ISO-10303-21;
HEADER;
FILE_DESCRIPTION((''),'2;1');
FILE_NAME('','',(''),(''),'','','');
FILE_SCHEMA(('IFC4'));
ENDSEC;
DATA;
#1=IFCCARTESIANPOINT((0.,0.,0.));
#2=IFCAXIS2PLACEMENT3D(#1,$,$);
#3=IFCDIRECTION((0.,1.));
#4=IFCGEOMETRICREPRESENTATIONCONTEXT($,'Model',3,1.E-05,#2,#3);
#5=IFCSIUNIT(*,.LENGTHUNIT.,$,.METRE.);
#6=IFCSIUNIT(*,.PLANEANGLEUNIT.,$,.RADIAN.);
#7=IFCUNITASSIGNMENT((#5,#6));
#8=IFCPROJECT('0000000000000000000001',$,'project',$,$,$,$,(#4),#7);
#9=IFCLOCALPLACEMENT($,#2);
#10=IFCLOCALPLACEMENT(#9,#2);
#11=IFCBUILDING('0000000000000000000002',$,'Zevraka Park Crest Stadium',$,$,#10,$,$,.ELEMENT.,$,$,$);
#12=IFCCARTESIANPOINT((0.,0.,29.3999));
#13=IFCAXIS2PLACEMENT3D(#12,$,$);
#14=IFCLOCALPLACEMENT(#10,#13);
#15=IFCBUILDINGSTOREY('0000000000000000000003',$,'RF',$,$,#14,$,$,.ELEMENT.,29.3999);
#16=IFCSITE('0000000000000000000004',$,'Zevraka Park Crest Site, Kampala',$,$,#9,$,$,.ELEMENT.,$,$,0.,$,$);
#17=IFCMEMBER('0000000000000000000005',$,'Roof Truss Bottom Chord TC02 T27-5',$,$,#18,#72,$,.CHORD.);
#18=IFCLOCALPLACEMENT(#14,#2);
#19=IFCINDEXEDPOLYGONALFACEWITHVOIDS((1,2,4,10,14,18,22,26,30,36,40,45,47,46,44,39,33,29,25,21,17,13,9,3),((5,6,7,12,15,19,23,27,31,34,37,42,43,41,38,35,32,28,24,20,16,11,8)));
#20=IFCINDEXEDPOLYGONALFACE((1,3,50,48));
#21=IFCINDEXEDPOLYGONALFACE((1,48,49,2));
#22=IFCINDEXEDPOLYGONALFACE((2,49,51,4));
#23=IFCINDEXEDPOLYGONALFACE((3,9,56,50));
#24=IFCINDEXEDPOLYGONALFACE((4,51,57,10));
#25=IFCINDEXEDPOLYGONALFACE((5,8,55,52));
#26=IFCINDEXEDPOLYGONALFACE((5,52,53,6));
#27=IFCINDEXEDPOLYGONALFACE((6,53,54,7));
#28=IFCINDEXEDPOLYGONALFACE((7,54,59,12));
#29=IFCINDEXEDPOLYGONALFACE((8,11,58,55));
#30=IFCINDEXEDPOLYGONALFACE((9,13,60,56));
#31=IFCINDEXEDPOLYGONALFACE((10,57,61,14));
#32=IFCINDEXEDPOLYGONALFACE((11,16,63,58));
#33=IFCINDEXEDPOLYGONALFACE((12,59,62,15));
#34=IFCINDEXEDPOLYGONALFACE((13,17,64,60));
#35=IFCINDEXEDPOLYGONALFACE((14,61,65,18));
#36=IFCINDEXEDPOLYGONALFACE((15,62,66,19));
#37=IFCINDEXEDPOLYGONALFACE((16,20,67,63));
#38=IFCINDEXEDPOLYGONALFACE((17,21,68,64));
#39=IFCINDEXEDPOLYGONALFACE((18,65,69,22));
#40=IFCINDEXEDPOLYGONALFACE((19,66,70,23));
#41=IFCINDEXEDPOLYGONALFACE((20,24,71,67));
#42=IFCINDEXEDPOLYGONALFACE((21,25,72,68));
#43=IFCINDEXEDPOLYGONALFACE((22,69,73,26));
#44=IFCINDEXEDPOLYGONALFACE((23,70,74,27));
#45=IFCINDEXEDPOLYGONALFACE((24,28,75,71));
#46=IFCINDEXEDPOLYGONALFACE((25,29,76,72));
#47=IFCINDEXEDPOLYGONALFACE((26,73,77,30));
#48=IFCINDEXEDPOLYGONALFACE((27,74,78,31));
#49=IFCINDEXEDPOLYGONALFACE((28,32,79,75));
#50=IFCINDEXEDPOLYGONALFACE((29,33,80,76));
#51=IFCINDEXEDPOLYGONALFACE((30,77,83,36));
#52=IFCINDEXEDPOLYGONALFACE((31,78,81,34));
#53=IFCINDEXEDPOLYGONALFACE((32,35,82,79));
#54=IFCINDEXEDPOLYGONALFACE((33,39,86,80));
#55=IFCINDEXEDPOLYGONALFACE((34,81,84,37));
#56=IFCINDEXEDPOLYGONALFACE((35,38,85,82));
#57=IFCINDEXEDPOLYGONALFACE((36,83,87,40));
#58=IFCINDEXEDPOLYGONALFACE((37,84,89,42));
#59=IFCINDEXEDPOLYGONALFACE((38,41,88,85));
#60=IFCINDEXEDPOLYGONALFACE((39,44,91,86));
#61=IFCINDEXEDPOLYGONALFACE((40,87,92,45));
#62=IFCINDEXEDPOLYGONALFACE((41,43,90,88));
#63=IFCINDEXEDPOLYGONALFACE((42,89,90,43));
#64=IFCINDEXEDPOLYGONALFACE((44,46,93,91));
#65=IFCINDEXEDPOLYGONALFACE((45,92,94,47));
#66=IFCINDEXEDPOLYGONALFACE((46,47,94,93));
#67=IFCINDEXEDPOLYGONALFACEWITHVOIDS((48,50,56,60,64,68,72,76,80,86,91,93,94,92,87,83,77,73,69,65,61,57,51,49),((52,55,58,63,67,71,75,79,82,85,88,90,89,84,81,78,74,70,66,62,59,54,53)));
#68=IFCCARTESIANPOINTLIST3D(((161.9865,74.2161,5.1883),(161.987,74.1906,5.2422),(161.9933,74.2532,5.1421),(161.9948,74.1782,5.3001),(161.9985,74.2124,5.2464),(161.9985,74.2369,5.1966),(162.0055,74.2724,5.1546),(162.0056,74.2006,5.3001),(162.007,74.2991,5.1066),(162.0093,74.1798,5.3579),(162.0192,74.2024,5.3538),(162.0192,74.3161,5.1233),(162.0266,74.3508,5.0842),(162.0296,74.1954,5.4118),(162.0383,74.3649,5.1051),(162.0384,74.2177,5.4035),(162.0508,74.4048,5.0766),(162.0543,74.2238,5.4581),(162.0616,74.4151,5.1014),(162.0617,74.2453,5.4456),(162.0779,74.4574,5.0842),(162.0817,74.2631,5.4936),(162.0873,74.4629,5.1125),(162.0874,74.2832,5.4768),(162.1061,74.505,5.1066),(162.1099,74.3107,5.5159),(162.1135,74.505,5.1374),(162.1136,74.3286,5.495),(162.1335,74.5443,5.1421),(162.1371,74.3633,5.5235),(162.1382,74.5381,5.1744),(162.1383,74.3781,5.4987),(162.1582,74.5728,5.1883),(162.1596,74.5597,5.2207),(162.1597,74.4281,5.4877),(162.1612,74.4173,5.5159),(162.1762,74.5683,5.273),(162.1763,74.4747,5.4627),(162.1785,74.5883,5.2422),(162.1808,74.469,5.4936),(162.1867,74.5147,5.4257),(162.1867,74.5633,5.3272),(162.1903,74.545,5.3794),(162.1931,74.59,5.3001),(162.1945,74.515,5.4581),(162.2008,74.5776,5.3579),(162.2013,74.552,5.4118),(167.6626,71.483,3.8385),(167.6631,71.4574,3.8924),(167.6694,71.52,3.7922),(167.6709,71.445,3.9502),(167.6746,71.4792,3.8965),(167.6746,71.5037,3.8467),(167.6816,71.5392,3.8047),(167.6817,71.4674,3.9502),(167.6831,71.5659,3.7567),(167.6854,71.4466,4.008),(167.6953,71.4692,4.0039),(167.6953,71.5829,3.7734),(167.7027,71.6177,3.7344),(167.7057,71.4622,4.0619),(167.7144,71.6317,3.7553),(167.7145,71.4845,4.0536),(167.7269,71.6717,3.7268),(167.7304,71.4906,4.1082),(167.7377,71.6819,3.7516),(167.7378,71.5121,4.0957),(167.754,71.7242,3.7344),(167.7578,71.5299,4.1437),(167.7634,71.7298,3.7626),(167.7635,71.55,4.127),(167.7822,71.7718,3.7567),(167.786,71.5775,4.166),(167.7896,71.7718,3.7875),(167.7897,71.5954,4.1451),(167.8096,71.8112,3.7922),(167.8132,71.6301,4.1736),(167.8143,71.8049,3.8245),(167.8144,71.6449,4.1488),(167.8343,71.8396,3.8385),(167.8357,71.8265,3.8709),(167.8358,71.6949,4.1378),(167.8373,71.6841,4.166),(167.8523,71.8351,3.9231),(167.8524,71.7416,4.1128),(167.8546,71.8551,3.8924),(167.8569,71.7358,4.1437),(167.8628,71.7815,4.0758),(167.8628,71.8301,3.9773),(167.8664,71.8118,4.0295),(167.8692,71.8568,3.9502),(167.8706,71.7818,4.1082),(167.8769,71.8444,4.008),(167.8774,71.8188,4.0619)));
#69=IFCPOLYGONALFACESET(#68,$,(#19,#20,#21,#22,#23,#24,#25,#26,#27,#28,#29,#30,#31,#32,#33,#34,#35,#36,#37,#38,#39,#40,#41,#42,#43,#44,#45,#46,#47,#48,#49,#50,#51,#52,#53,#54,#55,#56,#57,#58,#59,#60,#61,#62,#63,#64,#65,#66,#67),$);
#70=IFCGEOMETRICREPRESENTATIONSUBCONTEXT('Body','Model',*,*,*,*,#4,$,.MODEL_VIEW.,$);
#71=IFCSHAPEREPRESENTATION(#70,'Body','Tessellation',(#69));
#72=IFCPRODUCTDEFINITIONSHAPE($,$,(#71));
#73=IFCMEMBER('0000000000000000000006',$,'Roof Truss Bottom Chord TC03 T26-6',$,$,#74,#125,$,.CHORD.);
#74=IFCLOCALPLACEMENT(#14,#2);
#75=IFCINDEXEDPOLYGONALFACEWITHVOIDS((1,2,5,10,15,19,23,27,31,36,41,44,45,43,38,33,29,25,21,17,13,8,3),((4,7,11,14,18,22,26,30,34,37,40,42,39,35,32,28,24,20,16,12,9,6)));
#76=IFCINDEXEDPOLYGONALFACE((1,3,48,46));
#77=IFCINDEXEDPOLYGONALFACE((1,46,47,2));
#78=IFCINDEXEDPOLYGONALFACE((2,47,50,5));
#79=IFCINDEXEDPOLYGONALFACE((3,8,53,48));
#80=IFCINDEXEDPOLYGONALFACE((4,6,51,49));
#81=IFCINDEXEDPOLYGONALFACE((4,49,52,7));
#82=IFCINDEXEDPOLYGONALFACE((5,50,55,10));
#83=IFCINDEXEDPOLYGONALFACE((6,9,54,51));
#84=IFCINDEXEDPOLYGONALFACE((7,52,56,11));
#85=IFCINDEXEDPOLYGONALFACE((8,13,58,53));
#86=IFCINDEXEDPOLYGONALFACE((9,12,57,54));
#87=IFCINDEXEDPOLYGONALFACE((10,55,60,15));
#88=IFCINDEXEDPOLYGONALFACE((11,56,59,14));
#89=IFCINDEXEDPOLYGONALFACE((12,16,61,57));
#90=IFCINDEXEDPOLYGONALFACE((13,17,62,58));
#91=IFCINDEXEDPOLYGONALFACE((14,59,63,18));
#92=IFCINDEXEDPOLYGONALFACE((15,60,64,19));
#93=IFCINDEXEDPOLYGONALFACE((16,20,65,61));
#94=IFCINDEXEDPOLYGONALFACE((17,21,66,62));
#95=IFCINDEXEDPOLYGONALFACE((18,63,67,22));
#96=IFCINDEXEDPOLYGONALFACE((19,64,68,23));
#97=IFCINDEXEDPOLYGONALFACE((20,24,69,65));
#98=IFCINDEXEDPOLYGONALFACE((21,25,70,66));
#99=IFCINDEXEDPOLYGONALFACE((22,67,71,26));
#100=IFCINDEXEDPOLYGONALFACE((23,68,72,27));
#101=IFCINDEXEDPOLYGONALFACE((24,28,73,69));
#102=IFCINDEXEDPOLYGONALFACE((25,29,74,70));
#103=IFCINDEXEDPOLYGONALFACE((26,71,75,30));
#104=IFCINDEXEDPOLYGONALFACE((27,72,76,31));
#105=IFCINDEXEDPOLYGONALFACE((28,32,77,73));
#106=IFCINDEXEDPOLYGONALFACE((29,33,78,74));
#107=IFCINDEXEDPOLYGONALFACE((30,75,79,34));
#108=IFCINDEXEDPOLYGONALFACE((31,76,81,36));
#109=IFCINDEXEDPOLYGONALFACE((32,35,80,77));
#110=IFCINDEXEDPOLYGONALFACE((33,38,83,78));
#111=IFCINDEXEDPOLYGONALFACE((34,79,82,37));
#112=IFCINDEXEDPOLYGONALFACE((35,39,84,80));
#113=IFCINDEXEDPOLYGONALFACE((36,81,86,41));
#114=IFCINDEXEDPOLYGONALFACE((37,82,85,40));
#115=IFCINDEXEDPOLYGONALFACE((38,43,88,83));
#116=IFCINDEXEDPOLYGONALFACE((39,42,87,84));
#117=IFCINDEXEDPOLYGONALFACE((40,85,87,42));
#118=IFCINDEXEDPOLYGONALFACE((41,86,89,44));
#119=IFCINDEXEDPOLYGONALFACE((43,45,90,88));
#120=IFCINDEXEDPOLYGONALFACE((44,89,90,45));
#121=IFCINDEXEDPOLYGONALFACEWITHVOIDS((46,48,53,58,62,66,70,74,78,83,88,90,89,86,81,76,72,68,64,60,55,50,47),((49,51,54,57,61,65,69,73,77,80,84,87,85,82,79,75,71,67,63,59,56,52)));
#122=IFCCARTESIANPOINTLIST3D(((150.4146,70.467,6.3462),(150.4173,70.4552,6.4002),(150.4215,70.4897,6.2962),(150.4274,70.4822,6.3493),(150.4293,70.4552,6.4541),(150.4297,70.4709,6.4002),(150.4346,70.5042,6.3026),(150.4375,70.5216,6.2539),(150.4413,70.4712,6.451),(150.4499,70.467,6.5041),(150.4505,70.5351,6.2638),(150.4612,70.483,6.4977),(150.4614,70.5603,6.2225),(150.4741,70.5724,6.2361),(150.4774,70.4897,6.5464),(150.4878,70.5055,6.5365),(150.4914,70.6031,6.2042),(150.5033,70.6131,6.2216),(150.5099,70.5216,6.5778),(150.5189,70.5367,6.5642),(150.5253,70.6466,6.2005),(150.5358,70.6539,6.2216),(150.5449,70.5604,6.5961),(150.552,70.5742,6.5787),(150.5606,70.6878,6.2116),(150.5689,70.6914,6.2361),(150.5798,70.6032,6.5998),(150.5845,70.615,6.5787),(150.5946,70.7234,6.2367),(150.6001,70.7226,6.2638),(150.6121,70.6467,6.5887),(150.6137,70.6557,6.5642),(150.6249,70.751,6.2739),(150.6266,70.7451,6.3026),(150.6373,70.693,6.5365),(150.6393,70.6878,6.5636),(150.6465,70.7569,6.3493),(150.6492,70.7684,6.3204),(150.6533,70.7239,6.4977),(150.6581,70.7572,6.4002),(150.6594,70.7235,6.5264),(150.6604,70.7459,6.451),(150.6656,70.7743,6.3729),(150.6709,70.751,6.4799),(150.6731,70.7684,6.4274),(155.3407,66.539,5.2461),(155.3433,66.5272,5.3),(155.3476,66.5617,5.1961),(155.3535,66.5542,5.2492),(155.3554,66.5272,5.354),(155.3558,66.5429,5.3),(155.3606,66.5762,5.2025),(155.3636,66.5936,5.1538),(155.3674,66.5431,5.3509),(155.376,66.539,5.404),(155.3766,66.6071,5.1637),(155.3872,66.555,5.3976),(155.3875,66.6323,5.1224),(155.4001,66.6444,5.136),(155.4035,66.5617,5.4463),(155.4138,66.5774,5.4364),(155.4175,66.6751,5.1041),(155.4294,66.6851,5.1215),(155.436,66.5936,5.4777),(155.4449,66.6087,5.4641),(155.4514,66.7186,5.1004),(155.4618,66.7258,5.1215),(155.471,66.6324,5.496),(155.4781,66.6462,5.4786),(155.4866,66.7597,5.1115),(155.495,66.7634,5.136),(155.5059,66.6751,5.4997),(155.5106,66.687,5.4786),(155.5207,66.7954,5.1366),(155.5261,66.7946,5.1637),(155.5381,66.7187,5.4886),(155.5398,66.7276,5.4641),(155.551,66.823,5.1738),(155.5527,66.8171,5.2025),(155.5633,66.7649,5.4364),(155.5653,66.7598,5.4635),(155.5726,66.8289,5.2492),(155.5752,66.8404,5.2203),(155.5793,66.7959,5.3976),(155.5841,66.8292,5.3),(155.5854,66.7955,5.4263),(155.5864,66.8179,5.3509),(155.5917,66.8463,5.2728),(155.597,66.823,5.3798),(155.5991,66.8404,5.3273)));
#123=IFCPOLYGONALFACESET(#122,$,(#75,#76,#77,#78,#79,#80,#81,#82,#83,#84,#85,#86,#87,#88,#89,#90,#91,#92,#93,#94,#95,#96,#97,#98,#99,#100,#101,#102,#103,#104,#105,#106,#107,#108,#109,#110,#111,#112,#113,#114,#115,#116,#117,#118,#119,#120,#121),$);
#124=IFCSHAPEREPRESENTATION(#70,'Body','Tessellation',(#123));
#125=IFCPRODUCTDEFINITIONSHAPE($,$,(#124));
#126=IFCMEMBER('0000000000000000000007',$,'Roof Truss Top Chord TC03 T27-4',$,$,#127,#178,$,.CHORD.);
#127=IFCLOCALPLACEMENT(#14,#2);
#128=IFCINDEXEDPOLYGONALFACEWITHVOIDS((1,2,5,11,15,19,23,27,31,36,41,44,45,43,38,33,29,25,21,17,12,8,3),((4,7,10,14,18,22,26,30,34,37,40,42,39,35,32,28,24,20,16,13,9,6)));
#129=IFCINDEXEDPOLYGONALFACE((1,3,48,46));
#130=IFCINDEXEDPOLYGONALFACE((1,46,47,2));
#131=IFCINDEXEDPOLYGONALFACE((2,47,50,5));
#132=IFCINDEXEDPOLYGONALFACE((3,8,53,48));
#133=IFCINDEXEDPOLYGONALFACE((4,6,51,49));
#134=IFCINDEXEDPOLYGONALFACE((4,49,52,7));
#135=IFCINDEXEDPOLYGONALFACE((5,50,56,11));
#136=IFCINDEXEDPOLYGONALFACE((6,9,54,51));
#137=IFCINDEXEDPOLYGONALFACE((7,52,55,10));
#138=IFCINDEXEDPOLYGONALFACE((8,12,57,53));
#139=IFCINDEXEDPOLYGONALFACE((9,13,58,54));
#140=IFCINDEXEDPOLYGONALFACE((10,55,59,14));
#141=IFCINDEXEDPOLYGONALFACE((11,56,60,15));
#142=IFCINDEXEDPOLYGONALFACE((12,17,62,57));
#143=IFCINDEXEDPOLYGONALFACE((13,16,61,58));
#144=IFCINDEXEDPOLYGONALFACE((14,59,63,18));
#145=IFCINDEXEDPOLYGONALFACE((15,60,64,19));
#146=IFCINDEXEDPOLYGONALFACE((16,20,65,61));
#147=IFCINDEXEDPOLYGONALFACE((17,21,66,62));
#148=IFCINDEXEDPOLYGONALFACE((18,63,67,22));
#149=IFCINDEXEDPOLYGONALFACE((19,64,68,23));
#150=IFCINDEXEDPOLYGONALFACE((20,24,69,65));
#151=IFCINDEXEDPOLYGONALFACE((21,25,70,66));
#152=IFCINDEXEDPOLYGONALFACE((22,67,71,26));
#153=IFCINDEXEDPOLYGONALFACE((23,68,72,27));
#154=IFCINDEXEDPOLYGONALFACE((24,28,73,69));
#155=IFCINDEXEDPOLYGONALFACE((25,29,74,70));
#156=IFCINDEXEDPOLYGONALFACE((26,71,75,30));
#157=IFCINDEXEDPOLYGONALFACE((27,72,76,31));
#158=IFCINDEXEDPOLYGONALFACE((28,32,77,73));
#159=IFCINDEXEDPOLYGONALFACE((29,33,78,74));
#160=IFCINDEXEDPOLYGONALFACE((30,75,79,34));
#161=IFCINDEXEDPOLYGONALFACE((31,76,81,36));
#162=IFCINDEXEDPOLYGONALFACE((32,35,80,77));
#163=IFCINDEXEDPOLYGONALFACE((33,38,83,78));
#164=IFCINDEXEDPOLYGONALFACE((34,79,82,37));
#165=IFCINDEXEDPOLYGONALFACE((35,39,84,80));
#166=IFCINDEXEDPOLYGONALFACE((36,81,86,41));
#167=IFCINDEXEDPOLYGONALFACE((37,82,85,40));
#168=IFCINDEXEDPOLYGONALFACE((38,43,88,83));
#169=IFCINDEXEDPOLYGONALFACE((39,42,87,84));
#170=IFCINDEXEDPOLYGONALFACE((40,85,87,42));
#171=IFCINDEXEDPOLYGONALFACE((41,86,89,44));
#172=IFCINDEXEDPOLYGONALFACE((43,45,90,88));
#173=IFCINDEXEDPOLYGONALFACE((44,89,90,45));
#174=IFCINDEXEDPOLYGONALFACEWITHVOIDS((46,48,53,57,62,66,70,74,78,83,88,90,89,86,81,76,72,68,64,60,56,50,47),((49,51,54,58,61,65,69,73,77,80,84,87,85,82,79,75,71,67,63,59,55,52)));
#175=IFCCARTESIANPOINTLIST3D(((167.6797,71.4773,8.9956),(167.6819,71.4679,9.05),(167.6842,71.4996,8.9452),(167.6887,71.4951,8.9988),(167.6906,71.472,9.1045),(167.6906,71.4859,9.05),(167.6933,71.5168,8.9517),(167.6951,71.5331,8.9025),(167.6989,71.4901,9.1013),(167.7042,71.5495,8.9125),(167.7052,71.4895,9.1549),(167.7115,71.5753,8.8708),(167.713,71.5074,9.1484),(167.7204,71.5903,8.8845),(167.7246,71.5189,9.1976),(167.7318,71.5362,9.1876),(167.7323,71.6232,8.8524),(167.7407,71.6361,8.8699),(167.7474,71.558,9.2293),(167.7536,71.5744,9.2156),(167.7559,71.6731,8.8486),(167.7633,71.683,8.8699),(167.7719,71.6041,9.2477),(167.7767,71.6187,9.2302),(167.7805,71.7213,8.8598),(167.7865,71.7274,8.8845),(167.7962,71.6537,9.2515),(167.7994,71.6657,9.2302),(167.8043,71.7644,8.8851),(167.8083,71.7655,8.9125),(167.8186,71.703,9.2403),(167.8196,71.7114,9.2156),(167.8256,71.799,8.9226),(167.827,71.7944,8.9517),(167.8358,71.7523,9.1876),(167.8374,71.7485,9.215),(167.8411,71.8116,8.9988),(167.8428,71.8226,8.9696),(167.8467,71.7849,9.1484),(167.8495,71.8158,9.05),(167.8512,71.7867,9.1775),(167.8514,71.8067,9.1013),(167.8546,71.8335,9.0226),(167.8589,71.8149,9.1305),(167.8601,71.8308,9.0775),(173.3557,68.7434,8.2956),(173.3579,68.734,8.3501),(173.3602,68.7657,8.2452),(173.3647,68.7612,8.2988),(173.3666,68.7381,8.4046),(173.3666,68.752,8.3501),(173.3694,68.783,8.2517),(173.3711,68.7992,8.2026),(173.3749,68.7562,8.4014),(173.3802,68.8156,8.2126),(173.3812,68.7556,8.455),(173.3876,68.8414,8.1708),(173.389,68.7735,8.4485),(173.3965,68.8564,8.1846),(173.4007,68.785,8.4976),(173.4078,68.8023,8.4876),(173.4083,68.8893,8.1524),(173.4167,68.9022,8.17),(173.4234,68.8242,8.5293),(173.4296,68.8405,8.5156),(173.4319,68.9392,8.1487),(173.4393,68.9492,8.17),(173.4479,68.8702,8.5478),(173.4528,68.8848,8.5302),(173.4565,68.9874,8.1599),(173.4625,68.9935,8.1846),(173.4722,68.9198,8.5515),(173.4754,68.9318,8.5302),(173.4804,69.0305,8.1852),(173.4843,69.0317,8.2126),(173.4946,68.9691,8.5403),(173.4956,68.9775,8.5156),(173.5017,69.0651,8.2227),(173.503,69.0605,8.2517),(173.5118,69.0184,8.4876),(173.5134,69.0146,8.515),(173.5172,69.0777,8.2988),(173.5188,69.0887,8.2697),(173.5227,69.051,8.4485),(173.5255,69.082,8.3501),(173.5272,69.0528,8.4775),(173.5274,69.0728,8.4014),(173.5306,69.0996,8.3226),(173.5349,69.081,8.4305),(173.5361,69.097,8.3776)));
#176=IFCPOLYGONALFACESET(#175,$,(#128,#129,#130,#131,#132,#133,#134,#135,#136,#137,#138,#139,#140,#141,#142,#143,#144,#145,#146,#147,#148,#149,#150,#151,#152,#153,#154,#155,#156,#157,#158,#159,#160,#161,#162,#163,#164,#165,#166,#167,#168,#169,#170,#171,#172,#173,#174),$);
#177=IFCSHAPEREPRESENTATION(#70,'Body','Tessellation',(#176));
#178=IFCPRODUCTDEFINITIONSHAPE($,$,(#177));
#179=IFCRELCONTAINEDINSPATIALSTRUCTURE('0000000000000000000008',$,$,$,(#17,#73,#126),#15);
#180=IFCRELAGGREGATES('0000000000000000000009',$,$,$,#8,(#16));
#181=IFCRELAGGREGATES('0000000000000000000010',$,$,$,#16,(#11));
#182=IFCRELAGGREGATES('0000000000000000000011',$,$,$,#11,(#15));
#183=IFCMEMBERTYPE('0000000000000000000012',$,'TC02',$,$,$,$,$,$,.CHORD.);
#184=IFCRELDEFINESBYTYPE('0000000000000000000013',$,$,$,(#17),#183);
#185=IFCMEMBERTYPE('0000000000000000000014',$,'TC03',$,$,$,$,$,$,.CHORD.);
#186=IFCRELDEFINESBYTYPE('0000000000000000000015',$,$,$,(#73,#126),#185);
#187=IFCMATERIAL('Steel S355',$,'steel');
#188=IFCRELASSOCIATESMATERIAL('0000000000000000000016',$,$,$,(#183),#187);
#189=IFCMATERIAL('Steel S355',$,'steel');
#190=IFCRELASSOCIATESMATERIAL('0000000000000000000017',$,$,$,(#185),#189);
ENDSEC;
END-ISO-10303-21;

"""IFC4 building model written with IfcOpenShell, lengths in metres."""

from ifc_helpers import new_model, si_unit, direction, frame, origin, origin_2d, place, context, subcontext, project, spatial, hollow_circle, extrude, material, material_profile, profile_set, type_object, element, save


model = new_model("IFC4")

# Units and contexts
model_context = context("Model", 3, precision=1e-05, world=origin(), true_north=direction((0.0, 1.0)))
body_context = subcontext(model_context, "Body", "Model", "MODEL_VIEW")
ifc_project = project(units=[si_unit("LENGTHUNIT", "METRE"), si_unit("PLANEANGLEUNIT", "RADIAN")], contexts=[model_context])

# Site, building, storey
site_placement = place(None, origin())
site = spatial("IfcSite", under=ifc_project, at=site_placement, Name="Zevraka Park Crest Site, Kampala", CompositionType="ELEMENT", RefElevation=0.0)
building_placement = place(site_placement, origin())
building = spatial("IfcBuilding", under=site, at=building_placement, Name="Zevraka Park Crest Stadium", CompositionType="ELEMENT")
storey_placement = place(building_placement, frame((0.0, 0.0, 29.3999)))
storey = spatial("IfcBuildingStorey", under=building, at=storey_placement, Name="RF", CompositionType="ELEMENT", Elevation=29.3999)

# Members
ifc_material_1 = material(Name="Steel S355", Category="steel")
ifc_material_profile_1 = material_profile(ifc_material_1, hollow_circle(Radius=0.2285, WallThickness=0.0249, at=origin_2d()), Name="CHS 457.0x25")
ifc_profile_set_1 = profile_set([ifc_material_profile_1], Name="Steel S355")
member_type_1 = type_object("IfcMemberType", Name="TC02", PredefinedType="CHORD", material=ifc_profile_set_1)
member_1_placement = place(storey_placement, frame((167.77, 71.6509, 3.9502), z_axis=(-0.880989, 0.424219, 0.209514), x_axis=(-0.433848, -0.900986, 0.0)))
element("IfcMember", 1, at=member_1_placement, inside=storey, type_object=member_type_1, Name="Roof Truss Bottom Chord TC02 T27-5", PredefinedType="CHORD", context=body_context, shape_type="SweptSolid", body=[
    extrude(hollow_circle(Radius=0.2285, WallThickness=0.0249, at=origin_2d()), origin(), (0.0, 0.0, 1.0), 6.4429),
])
ifc_material_2 = material(Name="Steel S355", Category="steel")
ifc_material_profile_2 = material_profile(ifc_material_2, hollow_circle(Radius=0.2031, WallThickness=0.02, at=origin_2d()), Name="CHS 406.4x20")
ifc_profile_set_2 = profile_set([ifc_material_profile_2], Name="Steel S355")
member_type_2 = type_object("IfcMemberType", Name="TC03", PredefinedType="CHORD", material=ifc_profile_set_2)
member_2_placement = place(storey_placement, frame((155.47, 66.686, 5.3), z_axis=(-0.770209, 0.614159, 0.172006), x_axis=(-0.623451, -0.781862, 0.0)))
element("IfcMember", 2, at=member_2_placement, inside=storey, type_object=member_type_2, Name="Roof Truss Bottom Chord TC03 T26-6", PredefinedType="CHORD", context=body_context, shape_type="SweptSolid", body=[
    extrude(hollow_circle(Radius=0.2031, WallThickness=0.02, at=origin_2d()), origin(), (0.0, 0.0, 1.0), 6.3958),
])
member_3_placement = place(storey_placement, frame((173.446, 68.917, 8.3501), z_axis=(-0.895431, 0.431289, 0.110422), x_axis=(-0.433943, -0.900941, 0.0)))
element("IfcMember", 3, at=member_3_placement, inside=storey, type_object=member_type_2, Name="Roof Truss Top Chord TC03 T27-4", PredefinedType="CHORD", context=body_context, shape_type="SweptSolid", body=[
    extrude(hollow_circle(Radius=0.2031, WallThickness=0.02, at=origin_2d()), origin(), (0.0, 0.0, 1.0), 6.3389),
])

save(model, "model.ifc")
